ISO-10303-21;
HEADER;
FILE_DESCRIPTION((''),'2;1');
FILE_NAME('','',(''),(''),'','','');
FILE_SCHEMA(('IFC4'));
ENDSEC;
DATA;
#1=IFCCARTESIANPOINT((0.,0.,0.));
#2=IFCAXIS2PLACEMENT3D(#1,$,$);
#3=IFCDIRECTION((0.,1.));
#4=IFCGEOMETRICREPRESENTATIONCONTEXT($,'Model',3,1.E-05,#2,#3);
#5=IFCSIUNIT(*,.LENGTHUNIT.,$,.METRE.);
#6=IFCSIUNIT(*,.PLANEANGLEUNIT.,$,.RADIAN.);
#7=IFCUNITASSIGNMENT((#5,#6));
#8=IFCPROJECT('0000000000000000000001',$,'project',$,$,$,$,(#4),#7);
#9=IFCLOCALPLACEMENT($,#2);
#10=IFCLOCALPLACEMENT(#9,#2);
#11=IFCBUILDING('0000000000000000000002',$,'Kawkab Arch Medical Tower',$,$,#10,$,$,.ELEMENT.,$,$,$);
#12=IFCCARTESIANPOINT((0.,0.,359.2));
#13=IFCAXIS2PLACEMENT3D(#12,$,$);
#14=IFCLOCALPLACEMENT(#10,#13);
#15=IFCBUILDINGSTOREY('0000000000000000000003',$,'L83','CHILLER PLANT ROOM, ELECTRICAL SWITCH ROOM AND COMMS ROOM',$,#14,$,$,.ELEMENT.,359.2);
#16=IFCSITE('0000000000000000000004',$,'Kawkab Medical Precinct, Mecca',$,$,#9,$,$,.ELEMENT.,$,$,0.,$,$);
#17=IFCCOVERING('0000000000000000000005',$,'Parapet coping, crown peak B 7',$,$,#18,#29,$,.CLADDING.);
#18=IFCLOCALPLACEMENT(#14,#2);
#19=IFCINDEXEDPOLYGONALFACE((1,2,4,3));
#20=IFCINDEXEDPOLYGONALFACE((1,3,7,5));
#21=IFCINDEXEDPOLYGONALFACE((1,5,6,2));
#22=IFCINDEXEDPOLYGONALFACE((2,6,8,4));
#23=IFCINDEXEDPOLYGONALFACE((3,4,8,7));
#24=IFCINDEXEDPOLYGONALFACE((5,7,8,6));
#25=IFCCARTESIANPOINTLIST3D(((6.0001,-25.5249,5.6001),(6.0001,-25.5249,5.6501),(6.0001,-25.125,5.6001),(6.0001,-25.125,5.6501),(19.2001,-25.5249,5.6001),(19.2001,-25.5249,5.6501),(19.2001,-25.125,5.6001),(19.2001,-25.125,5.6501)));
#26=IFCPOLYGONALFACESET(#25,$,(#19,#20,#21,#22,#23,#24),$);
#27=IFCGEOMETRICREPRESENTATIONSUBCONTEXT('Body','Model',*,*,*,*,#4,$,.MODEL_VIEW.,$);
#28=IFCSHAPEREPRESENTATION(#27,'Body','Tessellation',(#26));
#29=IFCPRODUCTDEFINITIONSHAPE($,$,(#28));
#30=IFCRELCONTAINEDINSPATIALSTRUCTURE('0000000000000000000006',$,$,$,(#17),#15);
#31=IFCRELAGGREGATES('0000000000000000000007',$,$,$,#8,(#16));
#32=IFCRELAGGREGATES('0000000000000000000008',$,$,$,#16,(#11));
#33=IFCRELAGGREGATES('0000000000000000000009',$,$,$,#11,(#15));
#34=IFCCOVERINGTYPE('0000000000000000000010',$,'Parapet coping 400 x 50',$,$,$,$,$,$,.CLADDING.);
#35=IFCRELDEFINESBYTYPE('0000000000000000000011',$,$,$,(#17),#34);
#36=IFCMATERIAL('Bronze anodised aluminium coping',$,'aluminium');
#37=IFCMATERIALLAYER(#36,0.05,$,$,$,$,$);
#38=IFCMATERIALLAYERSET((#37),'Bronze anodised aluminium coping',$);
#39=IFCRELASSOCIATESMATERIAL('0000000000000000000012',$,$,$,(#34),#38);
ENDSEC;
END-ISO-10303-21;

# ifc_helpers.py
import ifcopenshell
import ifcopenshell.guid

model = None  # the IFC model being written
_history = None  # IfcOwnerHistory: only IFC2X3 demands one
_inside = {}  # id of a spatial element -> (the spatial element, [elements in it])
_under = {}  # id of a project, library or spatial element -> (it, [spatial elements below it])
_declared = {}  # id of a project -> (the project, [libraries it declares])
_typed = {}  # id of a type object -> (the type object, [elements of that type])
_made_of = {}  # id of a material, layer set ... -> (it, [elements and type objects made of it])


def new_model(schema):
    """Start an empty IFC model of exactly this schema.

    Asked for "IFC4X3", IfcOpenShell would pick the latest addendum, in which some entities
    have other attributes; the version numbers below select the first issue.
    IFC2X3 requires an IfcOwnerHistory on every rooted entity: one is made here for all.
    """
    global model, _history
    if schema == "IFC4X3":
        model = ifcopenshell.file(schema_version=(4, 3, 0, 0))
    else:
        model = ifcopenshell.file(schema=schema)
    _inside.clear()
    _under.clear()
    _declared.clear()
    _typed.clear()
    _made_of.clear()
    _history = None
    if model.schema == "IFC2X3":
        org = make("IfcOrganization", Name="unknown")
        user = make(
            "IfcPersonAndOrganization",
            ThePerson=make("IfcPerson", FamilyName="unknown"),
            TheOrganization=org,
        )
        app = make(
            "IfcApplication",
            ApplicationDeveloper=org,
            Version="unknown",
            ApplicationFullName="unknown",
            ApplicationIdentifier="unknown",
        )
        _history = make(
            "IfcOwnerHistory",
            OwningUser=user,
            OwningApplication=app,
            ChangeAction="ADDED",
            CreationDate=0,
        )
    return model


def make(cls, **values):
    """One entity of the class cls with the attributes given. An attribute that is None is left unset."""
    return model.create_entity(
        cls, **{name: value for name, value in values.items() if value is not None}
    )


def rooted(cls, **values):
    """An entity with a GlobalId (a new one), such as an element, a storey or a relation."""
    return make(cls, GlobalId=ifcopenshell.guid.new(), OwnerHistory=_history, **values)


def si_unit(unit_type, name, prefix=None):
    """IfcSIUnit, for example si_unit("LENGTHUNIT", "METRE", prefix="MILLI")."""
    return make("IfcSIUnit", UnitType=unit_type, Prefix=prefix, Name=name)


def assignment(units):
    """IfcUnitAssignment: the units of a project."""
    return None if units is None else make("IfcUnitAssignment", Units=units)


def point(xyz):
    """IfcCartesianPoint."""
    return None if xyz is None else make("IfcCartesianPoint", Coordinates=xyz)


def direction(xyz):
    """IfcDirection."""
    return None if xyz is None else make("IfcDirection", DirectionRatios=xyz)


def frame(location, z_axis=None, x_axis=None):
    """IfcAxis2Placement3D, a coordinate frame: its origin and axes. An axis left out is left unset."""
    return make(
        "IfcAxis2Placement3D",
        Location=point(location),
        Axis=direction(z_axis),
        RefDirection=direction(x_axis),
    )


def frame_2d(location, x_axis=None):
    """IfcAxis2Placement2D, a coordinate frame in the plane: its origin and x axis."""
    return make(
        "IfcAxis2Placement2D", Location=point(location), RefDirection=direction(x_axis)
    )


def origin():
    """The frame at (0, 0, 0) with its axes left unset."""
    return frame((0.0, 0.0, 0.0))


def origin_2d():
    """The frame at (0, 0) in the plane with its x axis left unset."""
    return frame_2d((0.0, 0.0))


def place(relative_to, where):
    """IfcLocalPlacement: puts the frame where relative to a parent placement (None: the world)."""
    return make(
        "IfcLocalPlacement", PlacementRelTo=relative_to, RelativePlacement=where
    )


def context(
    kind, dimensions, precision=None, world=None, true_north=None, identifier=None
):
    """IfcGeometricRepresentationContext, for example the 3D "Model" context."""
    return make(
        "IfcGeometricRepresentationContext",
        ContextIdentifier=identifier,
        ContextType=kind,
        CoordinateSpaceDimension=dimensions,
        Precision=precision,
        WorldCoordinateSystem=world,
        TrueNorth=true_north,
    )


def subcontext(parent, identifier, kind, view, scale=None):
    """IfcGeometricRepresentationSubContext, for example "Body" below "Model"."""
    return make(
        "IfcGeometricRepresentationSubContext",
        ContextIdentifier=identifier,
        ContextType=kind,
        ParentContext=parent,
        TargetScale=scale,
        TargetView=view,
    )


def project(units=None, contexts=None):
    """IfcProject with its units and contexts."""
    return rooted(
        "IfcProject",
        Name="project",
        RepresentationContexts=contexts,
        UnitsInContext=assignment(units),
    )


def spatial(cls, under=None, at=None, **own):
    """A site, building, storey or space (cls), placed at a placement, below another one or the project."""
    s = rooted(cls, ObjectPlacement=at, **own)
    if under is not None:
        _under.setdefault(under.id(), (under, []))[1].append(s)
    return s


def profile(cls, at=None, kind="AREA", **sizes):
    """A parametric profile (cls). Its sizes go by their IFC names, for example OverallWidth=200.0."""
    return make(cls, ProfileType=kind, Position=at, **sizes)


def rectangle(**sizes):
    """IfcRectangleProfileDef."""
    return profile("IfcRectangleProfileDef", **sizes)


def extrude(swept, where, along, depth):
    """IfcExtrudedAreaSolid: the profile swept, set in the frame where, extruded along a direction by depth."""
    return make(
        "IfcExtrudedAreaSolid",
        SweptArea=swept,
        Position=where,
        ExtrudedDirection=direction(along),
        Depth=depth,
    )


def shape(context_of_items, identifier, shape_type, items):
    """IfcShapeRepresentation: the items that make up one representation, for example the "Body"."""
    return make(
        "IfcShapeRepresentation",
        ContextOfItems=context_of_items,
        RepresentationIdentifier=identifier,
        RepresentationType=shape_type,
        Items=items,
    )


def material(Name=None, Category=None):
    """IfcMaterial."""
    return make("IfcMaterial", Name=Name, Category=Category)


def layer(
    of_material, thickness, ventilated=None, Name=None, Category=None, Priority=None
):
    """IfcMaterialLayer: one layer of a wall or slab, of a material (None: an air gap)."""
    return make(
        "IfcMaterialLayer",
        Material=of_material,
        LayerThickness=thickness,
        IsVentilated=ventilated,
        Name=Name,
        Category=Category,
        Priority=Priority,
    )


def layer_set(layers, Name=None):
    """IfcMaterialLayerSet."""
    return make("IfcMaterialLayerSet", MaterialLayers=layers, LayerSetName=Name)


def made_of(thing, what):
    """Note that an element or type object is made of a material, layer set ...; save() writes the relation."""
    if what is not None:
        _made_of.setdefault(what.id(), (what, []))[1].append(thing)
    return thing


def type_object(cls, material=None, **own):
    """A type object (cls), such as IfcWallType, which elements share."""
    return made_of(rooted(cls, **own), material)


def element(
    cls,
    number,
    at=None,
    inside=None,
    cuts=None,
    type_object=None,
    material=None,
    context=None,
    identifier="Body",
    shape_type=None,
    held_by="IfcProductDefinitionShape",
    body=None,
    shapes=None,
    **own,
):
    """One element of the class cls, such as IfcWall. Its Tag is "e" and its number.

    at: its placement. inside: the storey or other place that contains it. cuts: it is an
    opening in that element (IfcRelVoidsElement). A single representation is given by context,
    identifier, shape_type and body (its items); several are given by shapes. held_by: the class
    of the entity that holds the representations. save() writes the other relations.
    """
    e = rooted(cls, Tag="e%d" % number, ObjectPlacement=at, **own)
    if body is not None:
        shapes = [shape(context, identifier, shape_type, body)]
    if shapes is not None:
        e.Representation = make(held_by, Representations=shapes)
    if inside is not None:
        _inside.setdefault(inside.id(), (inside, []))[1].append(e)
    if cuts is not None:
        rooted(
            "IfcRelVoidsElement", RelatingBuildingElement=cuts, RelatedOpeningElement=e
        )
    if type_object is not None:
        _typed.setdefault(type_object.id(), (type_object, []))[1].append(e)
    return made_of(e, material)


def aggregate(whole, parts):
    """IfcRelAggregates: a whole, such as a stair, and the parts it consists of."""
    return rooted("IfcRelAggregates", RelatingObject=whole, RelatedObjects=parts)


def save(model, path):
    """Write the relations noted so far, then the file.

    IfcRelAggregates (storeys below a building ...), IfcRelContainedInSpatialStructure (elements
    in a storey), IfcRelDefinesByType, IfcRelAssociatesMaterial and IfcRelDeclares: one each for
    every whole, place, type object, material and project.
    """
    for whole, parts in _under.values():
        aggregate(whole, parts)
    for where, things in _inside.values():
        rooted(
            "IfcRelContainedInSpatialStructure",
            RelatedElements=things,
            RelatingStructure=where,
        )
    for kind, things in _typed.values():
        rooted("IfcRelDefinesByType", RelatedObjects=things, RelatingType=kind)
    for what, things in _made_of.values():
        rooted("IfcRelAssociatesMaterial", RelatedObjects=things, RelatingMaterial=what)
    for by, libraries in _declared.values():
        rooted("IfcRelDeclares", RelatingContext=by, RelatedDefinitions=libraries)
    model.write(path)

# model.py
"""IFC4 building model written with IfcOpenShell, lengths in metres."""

from ifc_helpers import new_model, si_unit, direction, frame, origin, origin_2d, place, context, subcontext, project, spatial, rectangle, extrude, material, layer, layer_set, type_object, element, save


model = new_model("IFC4")

# Units and contexts
model_context = context("Model", 3, precision=1e-05, world=origin(), true_north=direction((0.0, 1.0)))
body_context = subcontext(model_context, "Body", "Model", "MODEL_VIEW")
ifc_project = project(units=[si_unit("LENGTHUNIT", "METRE"), si_unit("PLANEANGLEUNIT", "RADIAN")], contexts=[model_context])

# Site, building, storey
site_placement = place(None, origin())
site = spatial("IfcSite", under=ifc_project, at=site_placement, Name="Kawkab Medical Precinct, Mecca", CompositionType="ELEMENT", RefElevation=0.0)
building_placement = place(site_placement, origin())
building = spatial("IfcBuilding", under=site, at=building_placement, Name="Kawkab Arch Medical Tower", CompositionType="ELEMENT")
storey_placement = place(building_placement, frame((0.0, 0.0, 359.2)))
storey = spatial("IfcBuildingStorey", under=building, at=storey_placement, Name="L83", Description="CHILLER PLANT ROOM, ELECTRICAL SWITCH ROOM AND COMMS ROOM", CompositionType="ELEMENT", Elevation=359.2)

# Covering
ifc_material_1 = material(Name="Bronze anodised aluminium coping", Category="aluminium")
ifc_layer_1 = layer(ifc_material_1, 0.05)
ifc_layer_set_1 = layer_set([ifc_layer_1], Name="Bronze anodised aluminium coping")
covering_type_1 = type_object("IfcCoveringType", Name="Parapet coping 400 x 50", PredefinedType="CLADDING", material=ifc_layer_set_1)
covering_1_placement = place(storey_placement, frame((12.6001, -25.325, 5.6001), z_axis=(0.0, 0.0, 1.0), x_axis=(-1.0, 0.0, 0.0)))
element("IfcCovering", 1, at=covering_1_placement, inside=storey, type_object=covering_type_1, Name="Parapet coping, crown peak B 7", PredefinedType="CLADDING", context=body_context, shape_type="SweptSolid", body=[
    extrude(rectangle(XDim=13.2, YDim=0.3999, at=origin_2d()), origin(), (0.0, 0.0, 1.0), 0.05),
])

save(model, "model.ifc")
